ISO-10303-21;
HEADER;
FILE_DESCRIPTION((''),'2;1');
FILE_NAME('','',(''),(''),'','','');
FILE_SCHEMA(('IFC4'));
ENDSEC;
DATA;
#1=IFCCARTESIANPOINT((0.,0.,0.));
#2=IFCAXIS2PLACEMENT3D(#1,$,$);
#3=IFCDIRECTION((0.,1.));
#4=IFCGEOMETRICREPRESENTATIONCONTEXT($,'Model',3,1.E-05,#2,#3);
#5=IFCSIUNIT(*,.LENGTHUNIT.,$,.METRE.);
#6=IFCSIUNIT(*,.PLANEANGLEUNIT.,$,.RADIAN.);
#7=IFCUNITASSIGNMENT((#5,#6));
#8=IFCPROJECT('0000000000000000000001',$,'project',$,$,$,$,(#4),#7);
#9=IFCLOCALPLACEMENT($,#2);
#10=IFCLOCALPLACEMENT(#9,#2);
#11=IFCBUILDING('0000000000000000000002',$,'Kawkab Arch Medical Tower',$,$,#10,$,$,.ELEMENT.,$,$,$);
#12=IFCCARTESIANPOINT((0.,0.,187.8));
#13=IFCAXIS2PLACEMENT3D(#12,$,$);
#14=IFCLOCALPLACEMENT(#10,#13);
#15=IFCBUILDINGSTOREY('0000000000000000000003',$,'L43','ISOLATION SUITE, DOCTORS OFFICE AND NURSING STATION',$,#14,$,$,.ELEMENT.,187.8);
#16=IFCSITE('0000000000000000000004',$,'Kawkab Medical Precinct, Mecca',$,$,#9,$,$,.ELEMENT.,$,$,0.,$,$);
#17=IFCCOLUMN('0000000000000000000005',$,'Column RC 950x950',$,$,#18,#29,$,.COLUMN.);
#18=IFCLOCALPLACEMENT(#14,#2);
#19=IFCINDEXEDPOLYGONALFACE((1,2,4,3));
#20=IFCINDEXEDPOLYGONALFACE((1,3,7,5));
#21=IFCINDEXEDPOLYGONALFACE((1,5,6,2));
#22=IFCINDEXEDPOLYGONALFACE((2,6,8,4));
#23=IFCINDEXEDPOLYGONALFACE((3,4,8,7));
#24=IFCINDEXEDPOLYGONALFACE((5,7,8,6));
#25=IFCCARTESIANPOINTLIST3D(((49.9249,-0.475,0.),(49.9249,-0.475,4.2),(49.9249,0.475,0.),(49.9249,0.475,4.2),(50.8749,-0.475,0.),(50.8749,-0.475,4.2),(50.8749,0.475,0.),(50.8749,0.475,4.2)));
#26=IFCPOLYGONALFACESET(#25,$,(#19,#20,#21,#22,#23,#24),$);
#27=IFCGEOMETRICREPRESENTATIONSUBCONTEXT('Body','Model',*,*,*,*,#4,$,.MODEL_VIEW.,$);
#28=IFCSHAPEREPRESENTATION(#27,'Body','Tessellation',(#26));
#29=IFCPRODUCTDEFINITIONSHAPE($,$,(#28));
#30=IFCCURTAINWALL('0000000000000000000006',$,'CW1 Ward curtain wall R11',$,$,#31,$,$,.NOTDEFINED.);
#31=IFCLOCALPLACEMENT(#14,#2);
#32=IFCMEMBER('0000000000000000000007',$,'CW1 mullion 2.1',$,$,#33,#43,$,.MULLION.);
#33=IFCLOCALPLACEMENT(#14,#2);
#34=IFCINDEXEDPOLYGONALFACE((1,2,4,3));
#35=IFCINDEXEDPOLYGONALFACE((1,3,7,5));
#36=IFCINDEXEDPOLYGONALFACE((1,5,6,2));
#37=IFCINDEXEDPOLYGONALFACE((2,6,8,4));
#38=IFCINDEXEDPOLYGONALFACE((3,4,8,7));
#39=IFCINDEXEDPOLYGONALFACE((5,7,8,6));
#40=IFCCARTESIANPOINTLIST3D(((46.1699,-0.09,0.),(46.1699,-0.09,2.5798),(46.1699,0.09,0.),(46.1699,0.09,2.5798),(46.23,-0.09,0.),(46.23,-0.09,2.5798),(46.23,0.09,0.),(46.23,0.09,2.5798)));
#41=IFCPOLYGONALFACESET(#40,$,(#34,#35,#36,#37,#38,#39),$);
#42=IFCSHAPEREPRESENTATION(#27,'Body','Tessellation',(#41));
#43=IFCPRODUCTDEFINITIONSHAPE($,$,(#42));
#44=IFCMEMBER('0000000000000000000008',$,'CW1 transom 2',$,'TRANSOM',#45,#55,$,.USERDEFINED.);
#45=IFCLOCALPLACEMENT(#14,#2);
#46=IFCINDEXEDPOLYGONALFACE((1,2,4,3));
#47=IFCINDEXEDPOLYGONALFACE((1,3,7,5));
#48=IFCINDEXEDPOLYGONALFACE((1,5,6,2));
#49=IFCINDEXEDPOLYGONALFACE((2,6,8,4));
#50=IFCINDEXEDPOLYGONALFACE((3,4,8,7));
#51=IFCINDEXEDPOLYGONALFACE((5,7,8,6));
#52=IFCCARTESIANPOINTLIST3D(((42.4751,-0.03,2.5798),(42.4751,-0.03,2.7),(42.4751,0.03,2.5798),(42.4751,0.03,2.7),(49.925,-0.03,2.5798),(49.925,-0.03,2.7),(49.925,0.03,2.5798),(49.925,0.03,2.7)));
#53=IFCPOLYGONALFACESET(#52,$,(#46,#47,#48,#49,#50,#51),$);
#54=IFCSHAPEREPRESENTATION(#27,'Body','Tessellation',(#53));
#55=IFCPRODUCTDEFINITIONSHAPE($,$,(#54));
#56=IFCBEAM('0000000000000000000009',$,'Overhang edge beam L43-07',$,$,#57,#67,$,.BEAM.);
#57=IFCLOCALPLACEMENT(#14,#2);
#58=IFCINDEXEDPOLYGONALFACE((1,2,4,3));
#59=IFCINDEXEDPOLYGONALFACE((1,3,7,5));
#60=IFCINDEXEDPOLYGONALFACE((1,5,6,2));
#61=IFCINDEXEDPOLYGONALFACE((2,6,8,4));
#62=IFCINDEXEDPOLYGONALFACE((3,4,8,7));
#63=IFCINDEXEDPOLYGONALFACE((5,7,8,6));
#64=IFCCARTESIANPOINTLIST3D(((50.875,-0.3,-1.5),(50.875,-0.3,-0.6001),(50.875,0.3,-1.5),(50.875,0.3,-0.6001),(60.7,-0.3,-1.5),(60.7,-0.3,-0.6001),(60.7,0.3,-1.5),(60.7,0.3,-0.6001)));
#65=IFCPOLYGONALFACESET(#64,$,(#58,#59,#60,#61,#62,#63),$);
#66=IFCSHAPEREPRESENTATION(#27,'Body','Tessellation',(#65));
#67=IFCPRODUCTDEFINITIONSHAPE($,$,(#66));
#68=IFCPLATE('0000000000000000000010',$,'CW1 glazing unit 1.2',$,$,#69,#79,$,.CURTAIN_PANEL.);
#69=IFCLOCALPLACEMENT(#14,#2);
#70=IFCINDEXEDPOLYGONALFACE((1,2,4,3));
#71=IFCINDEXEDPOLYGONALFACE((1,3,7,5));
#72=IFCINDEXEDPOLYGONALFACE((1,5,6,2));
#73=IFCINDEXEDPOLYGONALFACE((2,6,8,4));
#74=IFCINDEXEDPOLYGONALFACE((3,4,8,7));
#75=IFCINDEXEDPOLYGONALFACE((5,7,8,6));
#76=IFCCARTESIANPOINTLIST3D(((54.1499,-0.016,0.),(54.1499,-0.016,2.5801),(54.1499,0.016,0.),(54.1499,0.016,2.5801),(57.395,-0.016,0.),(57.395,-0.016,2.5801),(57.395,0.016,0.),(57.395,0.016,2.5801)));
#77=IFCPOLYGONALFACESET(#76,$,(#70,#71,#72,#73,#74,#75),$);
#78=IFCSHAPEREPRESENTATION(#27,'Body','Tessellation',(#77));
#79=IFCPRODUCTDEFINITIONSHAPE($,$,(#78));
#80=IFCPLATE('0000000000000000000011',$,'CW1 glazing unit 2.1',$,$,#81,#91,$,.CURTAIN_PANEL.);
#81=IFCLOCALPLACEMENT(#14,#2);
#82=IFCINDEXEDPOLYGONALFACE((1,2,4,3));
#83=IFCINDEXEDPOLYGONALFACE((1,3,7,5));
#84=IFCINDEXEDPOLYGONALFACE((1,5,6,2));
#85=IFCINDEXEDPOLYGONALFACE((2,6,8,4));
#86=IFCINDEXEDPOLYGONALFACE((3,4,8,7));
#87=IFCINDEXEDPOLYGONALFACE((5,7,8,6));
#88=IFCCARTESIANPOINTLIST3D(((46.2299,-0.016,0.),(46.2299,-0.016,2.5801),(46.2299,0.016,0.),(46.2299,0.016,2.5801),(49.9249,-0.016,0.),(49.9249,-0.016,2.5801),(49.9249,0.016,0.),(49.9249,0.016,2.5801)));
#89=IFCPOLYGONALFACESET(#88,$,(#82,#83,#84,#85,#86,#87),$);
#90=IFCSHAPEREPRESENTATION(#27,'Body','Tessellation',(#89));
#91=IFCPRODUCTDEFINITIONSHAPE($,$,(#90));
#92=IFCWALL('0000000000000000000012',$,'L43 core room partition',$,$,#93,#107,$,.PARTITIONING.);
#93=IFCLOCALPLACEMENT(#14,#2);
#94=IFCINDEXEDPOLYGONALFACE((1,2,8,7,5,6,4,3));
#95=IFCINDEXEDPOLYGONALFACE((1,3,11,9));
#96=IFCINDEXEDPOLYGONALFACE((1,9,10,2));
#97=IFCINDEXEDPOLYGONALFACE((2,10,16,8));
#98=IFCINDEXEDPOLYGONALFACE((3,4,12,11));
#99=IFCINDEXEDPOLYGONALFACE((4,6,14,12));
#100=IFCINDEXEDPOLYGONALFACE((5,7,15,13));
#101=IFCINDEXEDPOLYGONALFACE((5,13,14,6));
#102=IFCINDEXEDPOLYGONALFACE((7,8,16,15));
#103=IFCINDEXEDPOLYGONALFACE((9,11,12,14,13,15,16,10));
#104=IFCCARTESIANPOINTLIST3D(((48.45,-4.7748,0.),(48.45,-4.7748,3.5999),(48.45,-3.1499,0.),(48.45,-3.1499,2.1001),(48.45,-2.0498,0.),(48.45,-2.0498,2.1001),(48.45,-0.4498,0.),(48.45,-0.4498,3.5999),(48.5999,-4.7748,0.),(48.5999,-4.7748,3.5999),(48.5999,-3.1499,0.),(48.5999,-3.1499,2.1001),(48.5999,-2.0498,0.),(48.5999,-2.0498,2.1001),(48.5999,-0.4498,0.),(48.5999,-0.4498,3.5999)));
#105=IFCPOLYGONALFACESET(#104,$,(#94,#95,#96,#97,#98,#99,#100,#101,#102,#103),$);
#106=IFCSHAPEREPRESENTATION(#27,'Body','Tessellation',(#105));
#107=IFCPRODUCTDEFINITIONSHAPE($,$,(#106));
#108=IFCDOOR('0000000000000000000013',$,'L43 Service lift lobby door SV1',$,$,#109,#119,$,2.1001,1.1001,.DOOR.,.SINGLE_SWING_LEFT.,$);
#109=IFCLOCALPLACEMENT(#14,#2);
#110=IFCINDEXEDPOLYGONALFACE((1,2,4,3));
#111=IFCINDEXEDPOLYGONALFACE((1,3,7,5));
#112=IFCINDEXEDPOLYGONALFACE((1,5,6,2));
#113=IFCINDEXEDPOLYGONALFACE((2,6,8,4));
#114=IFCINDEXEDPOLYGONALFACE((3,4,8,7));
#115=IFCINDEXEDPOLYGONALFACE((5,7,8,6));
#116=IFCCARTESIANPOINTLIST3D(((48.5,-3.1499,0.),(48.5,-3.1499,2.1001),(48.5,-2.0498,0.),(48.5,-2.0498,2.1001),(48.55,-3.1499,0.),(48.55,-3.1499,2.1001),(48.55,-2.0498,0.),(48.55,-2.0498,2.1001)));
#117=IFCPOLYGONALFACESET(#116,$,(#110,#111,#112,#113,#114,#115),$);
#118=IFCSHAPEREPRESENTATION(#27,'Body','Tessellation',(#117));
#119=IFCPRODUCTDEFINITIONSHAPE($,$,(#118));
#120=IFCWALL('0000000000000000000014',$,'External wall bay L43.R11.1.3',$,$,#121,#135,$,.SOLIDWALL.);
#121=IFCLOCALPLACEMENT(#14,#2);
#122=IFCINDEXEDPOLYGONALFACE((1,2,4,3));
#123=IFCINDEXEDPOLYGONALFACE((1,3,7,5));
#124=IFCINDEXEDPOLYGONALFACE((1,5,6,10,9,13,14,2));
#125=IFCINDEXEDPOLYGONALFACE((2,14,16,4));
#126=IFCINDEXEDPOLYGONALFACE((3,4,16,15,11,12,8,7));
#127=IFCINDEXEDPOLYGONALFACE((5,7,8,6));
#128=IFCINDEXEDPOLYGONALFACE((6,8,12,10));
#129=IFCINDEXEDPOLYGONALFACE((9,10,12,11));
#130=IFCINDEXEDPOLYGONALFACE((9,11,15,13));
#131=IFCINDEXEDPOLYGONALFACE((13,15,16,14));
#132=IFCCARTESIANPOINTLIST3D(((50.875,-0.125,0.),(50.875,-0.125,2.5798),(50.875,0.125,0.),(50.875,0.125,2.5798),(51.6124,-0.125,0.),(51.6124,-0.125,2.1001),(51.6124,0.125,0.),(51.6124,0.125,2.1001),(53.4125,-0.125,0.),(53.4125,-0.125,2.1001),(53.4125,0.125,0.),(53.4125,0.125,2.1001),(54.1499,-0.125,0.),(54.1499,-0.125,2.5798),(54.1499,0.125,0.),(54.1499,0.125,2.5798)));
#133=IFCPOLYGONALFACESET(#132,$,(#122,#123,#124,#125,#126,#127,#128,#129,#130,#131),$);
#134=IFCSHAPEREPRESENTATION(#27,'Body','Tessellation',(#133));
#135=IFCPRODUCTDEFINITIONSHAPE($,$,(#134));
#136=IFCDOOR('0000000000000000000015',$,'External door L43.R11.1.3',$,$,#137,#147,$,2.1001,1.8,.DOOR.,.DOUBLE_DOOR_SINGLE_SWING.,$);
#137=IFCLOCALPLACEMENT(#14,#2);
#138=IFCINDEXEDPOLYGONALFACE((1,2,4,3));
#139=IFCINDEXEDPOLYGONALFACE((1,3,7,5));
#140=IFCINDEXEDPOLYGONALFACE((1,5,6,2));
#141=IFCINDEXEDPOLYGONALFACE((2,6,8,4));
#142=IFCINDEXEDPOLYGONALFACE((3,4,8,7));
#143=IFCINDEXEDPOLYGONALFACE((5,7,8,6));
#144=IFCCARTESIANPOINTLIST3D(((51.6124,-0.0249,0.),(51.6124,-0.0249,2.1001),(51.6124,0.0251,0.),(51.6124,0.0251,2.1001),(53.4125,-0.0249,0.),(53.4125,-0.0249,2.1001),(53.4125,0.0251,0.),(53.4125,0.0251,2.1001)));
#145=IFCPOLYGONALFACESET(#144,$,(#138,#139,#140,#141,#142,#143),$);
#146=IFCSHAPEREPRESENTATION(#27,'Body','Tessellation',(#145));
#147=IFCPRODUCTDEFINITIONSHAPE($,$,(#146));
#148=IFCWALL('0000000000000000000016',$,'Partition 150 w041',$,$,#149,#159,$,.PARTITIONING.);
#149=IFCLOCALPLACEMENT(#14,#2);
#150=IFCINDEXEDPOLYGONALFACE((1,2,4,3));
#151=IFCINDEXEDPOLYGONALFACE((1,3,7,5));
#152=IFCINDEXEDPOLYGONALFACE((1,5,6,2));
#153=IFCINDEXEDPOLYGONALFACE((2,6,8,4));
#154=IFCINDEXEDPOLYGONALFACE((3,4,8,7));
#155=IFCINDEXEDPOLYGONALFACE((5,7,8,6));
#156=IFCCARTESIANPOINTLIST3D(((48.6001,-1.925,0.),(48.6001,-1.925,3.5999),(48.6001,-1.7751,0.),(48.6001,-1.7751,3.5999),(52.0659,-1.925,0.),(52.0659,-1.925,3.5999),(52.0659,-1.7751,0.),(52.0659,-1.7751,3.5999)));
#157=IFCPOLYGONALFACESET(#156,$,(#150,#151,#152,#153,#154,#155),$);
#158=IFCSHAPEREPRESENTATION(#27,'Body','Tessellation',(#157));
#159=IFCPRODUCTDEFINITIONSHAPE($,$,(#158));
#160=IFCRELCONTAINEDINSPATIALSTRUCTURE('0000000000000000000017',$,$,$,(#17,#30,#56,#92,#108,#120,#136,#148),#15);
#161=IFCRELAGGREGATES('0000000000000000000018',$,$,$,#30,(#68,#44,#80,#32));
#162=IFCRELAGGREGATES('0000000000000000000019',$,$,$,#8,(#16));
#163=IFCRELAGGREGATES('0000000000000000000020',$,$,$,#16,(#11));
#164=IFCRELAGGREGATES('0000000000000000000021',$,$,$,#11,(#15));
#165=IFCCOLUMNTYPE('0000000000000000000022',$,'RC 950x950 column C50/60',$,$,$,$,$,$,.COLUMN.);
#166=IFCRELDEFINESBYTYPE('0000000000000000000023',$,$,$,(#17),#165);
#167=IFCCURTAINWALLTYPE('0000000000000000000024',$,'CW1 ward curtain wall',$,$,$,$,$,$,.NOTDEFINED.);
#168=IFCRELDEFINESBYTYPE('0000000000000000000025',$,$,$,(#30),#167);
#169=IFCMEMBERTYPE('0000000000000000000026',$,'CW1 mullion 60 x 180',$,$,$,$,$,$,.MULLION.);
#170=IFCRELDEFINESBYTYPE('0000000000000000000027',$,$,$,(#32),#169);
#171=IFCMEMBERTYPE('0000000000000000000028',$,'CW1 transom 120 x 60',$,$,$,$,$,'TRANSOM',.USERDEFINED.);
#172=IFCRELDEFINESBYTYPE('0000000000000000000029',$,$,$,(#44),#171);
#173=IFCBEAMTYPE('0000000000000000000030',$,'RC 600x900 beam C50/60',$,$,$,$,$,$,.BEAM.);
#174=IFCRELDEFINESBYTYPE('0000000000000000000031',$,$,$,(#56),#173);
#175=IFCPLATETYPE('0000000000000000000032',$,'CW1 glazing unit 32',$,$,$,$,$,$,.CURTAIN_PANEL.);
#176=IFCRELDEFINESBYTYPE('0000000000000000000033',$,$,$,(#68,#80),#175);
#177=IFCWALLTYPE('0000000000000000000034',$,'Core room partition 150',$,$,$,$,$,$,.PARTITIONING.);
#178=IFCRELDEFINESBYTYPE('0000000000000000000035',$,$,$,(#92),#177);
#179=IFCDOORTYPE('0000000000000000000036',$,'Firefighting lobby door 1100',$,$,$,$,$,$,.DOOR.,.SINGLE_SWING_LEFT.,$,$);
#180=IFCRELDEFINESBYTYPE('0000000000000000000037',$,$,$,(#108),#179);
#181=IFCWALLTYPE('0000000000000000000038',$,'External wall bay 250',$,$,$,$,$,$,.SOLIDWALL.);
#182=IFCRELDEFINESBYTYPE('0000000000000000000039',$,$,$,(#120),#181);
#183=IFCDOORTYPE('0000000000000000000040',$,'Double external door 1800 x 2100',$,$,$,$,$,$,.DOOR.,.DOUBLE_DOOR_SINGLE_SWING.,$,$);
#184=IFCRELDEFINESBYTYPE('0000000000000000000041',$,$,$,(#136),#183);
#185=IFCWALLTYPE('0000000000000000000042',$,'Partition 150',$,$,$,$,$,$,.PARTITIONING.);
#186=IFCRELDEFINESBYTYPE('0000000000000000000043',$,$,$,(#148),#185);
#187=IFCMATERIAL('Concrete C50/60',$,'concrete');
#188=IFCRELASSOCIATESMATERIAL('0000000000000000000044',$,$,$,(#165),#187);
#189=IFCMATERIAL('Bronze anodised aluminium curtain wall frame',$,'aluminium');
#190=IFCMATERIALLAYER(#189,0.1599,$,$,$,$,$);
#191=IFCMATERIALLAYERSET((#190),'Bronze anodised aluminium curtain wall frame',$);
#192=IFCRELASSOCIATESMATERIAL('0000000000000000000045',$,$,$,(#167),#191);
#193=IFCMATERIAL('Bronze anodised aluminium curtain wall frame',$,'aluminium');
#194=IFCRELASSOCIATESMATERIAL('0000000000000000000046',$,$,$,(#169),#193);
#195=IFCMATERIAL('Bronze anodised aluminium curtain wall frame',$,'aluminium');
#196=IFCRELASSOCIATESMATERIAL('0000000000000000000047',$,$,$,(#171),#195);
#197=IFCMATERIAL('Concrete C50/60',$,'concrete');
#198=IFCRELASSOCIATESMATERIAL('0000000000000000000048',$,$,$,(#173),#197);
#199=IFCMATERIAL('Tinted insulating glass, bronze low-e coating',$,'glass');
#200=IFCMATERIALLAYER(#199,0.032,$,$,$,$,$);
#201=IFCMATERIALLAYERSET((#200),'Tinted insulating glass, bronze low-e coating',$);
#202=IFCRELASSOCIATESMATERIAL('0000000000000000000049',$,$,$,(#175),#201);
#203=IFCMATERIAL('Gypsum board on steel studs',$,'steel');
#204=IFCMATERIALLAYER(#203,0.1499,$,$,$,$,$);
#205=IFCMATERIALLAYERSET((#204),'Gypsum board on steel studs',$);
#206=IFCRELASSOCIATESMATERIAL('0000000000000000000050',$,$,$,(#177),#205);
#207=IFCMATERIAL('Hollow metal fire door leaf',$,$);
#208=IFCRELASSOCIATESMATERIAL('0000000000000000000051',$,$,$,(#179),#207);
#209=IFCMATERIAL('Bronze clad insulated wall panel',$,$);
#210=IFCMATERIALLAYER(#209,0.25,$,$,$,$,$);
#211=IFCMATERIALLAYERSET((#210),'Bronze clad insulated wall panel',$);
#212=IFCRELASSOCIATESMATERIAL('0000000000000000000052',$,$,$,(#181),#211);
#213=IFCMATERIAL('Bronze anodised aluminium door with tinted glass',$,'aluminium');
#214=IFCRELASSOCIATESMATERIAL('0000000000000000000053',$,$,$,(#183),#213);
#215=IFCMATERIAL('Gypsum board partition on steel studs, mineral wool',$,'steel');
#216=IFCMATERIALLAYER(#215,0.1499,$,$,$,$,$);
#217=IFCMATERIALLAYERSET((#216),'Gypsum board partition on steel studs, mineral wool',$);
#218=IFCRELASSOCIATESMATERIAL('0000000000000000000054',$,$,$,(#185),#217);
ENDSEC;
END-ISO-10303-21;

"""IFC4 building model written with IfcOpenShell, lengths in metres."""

from ifc_helpers import new_model, si_unit, direction, frame, frame_2d, origin, origin_2d, place, context, subcontext, project, spatial, rectangle, extrude, material, layer, layer_set, material_profile, profile_set, type_object, element, fill, aggregate, save


model = new_model("IFC4")

# Units and contexts
model_context = context("Model", 3, precision=1e-05, world=origin(), true_north=direction((0.0, 1.0)))
body_context = subcontext(model_context, "Body", "Model", "MODEL_VIEW")
ifc_project = project(units=[si_unit("LENGTHUNIT", "METRE"), si_unit("PLANEANGLEUNIT", "RADIAN")], contexts=[model_context])

# Site, building, storey
site_placement = place(None, origin())
site = spatial("IfcSite", under=ifc_project, at=site_placement, Name="Kawkab Medical Precinct, Mecca", CompositionType="ELEMENT", RefElevation=0.0)
building_placement = place(site_placement, origin())
building = spatial("IfcBuilding", under=site, at=building_placement, Name="Kawkab Arch Medical Tower", CompositionType="ELEMENT")
storey_placement = place(building_placement, frame((0.0, 0.0, 187.8)))
storey = spatial("IfcBuildingStorey", under=building, at=storey_placement, Name="L43", Description="ISOLATION SUITE, DOCTORS OFFICE AND NURSING STATION", CompositionType="ELEMENT", Elevation=187.8)

# Column
ifc_material_1 = material(Name="Concrete C50/60", Category="concrete")
ifc_material_profile_1 = material_profile(ifc_material_1, rectangle(XDim=0.95, YDim=0.95, at=origin_2d()), Name="RC 950x950")
ifc_profile_set_1 = profile_set([ifc_material_profile_1], Name="Concrete C50/60")
column_type = type_object("IfcColumnType", Name="RC 950x950 column C50/60", PredefinedType="COLUMN", material=ifc_profile_set_1)
column_placement = place(storey_placement, frame((50.3999, 0.0, 0.0), z_axis=(0.0, 0.0, 1.0), x_axis=(1.0, 0.0, 0.0)))
element("IfcColumn", 1, at=column_placement, inside=storey, type_object=column_type, Name="Column RC 950x950", PredefinedType="COLUMN", context=body_context, shape_type="SweptSolid", body=[
    extrude(rectangle(XDim=0.95, YDim=0.95, at=origin_2d()), origin(), (0.0, 0.0, 1.0), 4.2),
])

# Curtain wall, members
ifc_material_2 = material(Name="Bronze anodised aluminium curtain wall frame", Category="aluminium")
ifc_layer_1 = layer(ifc_material_2, 0.1599)
ifc_layer_set_1 = layer_set([ifc_layer_1], Name="Bronze anodised aluminium curtain wall frame")
curtain_wall_type = type_object("IfcCurtainWallType", Name="CW1 ward curtain wall", PredefinedType="NOTDEFINED", material=ifc_layer_set_1)
curtain_wall_placement = place(storey_placement, origin())
curtain_wall = element("IfcCurtainWall", 2, at=curtain_wall_placement, inside=storey, type_object=curtain_wall_type, Name="CW1 Ward curtain wall R11", PredefinedType="NOTDEFINED")
ifc_material_3 = material(Name="Bronze anodised aluminium curtain wall frame", Category="aluminium")
ifc_material_profile_2 = material_profile(ifc_material_3, rectangle(XDim=0.1799, YDim=0.0601, at=origin_2d()), Name="AL 60x180")
ifc_profile_set_2 = profile_set([ifc_material_profile_2], Name="Bronze anodised aluminium curtain wall frame")
member_type_1 = type_object("IfcMemberType", Name="CW1 mullion 60 x 180", PredefinedType="MULLION", material=ifc_profile_set_2)
member_1_placement = place(storey_placement, frame((46.2, 0.0, 0.0), z_axis=(0.0, 0.0, 1.0), x_axis=(0.0, -1.0, 0.0)))
member_1 = element("IfcMember", 3, at=member_1_placement, type_object=member_type_1, Name="CW1 mullion 2.1", PredefinedType="MULLION", context=body_context, shape_type="SweptSolid", body=[
    extrude(rectangle(XDim=0.1799, YDim=0.0601, at=origin_2d()), origin(), (0.0, 0.0, 1.0), 2.5798),
])
ifc_material_4 = material(Name="Bronze anodised aluminium curtain wall frame", Category="aluminium")
ifc_material_profile_3 = material_profile(ifc_material_4, rectangle(XDim=0.0601, YDim=0.1201, at=origin_2d()), Name="AL 60x120")
ifc_profile_set_3 = profile_set([ifc_material_profile_3], Name="Bronze anodised aluminium curtain wall frame")
member_type_2 = type_object("IfcMemberType", Name="CW1 transom 120 x 60", ElementType="TRANSOM", PredefinedType="USERDEFINED", material=ifc_profile_set_3)
member_2_placement = place(storey_placement, frame((49.925, 0.0, 2.6399), z_axis=(-1.0, 0.0, 0.0), x_axis=(0.0, -1.0, 0.0)))
member_2 = element("IfcMember", 4, at=member_2_placement, type_object=member_type_2, Name="CW1 transom 2", ObjectType="TRANSOM", PredefinedType="USERDEFINED", context=body_context, shape_type="SweptSolid", body=[
    extrude(rectangle(XDim=0.0601, YDim=0.1201, at=origin_2d()), origin(), (0.0, 0.0, 1.0), 7.45),
])

# Beam
ifc_material_5 = material(Name="Concrete C50/60", Category="concrete")
ifc_material_profile_4 = material_profile(ifc_material_5, rectangle(XDim=0.6001, YDim=0.8999, at=origin_2d()), Name="RC 600x900")
ifc_profile_set_4 = profile_set([ifc_material_profile_4], Name="Concrete C50/60")
beam_type = type_object("IfcBeamType", Name="RC 600x900 beam C50/60", PredefinedType="BEAM", material=ifc_profile_set_4)
beam_placement = place(storey_placement, frame((50.875, 0.0, -1.05), z_axis=(1.0, 0.0, 0.0), x_axis=(0.0, 1.0, 0.0)))
element("IfcBeam", 5, at=beam_placement, inside=storey, type_object=beam_type, Name="Overhang edge beam L43-07", PredefinedType="BEAM", context=body_context, shape_type="SweptSolid", body=[
    extrude(rectangle(XDim=0.6001, YDim=0.8999, at=origin_2d()), origin(), (0.0, 0.0, 1.0), 9.825),
])

# Plates
ifc_material_6 = material(Name="Tinted insulating glass, bronze low-e coating", Category="glass")
ifc_layer_2 = layer(ifc_material_6, 0.032)
ifc_layer_set_2 = layer_set([ifc_layer_2], Name="Tinted insulating glass, bronze low-e coating")
plate_type = type_object("IfcPlateType", Name="CW1 glazing unit 32", PredefinedType="CURTAIN_PANEL", material=ifc_layer_set_2)
plate_1_placement = place(storey_placement, frame((55.7725, 0.0, 0.0), z_axis=(0.0, 0.0, 1.0), x_axis=(-1.0, 0.0, 0.0)))
plate_1 = element("IfcPlate", 6, at=plate_1_placement, type_object=plate_type, Name="CW1 glazing unit 1.2", PredefinedType="CURTAIN_PANEL", context=body_context, shape_type="SweptSolid", body=[
    extrude(rectangle(XDim=3.2451, YDim=0.032, at=origin_2d()), origin(), (0.0, 0.0, 1.0), 2.5801),
])
plate_2_placement = place(storey_placement, frame((48.0774, 0.0, 0.0), z_axis=(0.0, 0.0, 1.0), x_axis=(-1.0, 0.0, 0.0)))
plate_2 = element("IfcPlate", 7, at=plate_2_placement, type_object=plate_type, Name="CW1 glazing unit 2.1", PredefinedType="CURTAIN_PANEL", context=body_context, shape_type="SweptSolid", body=[
    extrude(rectangle(XDim=3.6951, YDim=0.032, at=origin_2d()), origin(), (0.0, 0.0, 1.0), 2.5801),
])
aggregate(curtain_wall, [plate_1, member_2, plate_2, member_1])

# Walls, openings, doors
ifc_material_7 = material(Name="Gypsum board on steel studs", Category="steel")
ifc_layer_3 = layer(ifc_material_7, 0.1499)
ifc_layer_set_3 = layer_set([ifc_layer_3], Name="Gypsum board on steel studs")
wall_type_1 = type_object("IfcWallType", Name="Core room partition 150", PredefinedType="PARTITIONING", material=ifc_layer_set_3)
wall_1_placement = place(storey_placement, frame((48.5249, -4.7749, 0.0), z_axis=(0.0, 0.0, 1.0), x_axis=(0.0, 1.0, 0.0)))
wall_1 = element("IfcWall", 8, at=wall_1_placement, inside=storey, type_object=wall_type_1, Name="L43 core room partition", PredefinedType="PARTITIONING", context=body_context, shape_type="SweptSolid", body=[
    extrude(rectangle(XDim=4.325, YDim=0.1499, at=frame_2d((2.1626, 0.0))), origin(), (0.0, 0.0, 1.0), 3.5999),
])
opening_1_placement = place(wall_1_placement, frame((1.625, 0.0, 0.0)))
opening_1 = element("IfcOpeningElement", 9, at=opening_1_placement, cuts=wall_1, PredefinedType="OPENING", context=body_context, shape_type="SweptSolid", body=[
    extrude(rectangle(XDim=1.1001, YDim=2.1001, at=frame_2d((0.55, 1.05))), frame((0.0, 0.085, 0.0), z_axis=(0.0, -1.0, 0.0), x_axis=(1.0, 0.0, 0.0)), (0.0, 0.0, 1.0), 0.1699),
])
ifc_material_8 = material(Name="Hollow metal fire door leaf")
door_type_1 = type_object("IfcDoorType", Name="Firefighting lobby door 1100", OperationType="SINGLE_SWING_LEFT", PredefinedType="DOOR", material=ifc_material_8)
door_1_placement = place(opening_1_placement, origin())
door_1 = element("IfcDoor", 10, at=door_1_placement, inside=storey, type_object=door_type_1, Name="L43 Service lift lobby door SV1", OperationType="SINGLE_SWING_LEFT", OverallHeight=2.1001, OverallWidth=1.1001, PredefinedType="DOOR", context=body_context, shape_type="SweptSolid", body=[
    extrude(rectangle(XDim=1.1001, YDim=2.1001, at=frame_2d((0.55, 1.05))), frame((0.0, 0.0249, 0.0), z_axis=(0.0, -1.0, 0.0), x_axis=(1.0, 0.0, 0.0)), (0.0, 0.0, 1.0), 0.05),
])
fill(opening_1, door_1)
ifc_material_9 = material(Name="Bronze clad insulated wall panel")
ifc_layer_4 = layer(ifc_material_9, 0.25)
ifc_layer_set_4 = layer_set([ifc_layer_4], Name="Bronze clad insulated wall panel")
wall_type_2 = type_object("IfcWallType", Name="External wall bay 250", PredefinedType="SOLIDWALL", material=ifc_layer_set_4)
wall_2_placement = place(storey_placement, frame((54.1499, 0.0, 0.0), z_axis=(0.0, 0.0, 1.0), x_axis=(-1.0, 0.0, 0.0)))
wall_2 = element("IfcWall", 11, at=wall_2_placement, inside=storey, type_object=wall_type_2, Name="External wall bay L43.R11.1.3", PredefinedType="SOLIDWALL", context=body_context, shape_type="SweptSolid", body=[
    extrude(rectangle(XDim=3.2749, YDim=0.25, at=frame_2d((1.6375, 0.0))), origin(), (0.0, 0.0, 1.0), 2.5798),
])
opening_2_placement = place(wall_2_placement, frame((0.7375, 0.0, 0.0)))
opening_2 = element("IfcOpeningElement", 12, at=opening_2_placement, cuts=wall_2, PredefinedType="OPENING", context=body_context, shape_type="SweptSolid", body=[
    extrude(rectangle(XDim=1.8, YDim=2.1001, at=frame_2d((0.8999, 1.05))), frame((0.0, 0.135, 0.0), z_axis=(0.0, -1.0, 0.0), x_axis=(1.0, 0.0, 0.0)), (0.0, 0.0, 1.0), 0.27),
])
ifc_material_10 = material(Name="Bronze anodised aluminium door with tinted glass", Category="aluminium")
door_type_2 = type_object("IfcDoorType", Name="Double external door 1800 x 2100", OperationType="DOUBLE_DOOR_SINGLE_SWING", PredefinedType="DOOR", material=ifc_material_10)
door_2_placement = place(opening_2_placement, origin())
door_2 = element("IfcDoor", 13, at=door_2_placement, inside=storey, type_object=door_type_2, Name="External door L43.R11.1.3", OperationType="DOUBLE_DOOR_SINGLE_SWING", OverallHeight=2.1001, OverallWidth=1.8, PredefinedType="DOOR", context=body_context, shape_type="SweptSolid", body=[
    extrude(rectangle(XDim=1.8, YDim=2.1001, at=frame_2d((0.8999, 1.05))), frame((0.0, 0.0249, 0.0), z_axis=(0.0, -1.0, 0.0), x_axis=(1.0, 0.0, 0.0)), (0.0, 0.0, 1.0), 0.05),
])
fill(opening_2, door_2)

# Wall
ifc_material_11 = material(Name="Gypsum board partition on steel studs, mineral wool", Category="steel")
ifc_layer_5 = layer(ifc_material_11, 0.1499)
ifc_layer_set_5 = layer_set([ifc_layer_5], Name="Gypsum board partition on steel studs, mineral wool")
wall_type_3 = type_object("IfcWallType", Name="Partition 150", PredefinedType="PARTITIONING", material=ifc_layer_set_5)
wall_3_placement = place(storey_placement, frame((48.6001, -1.8501, 0.0), z_axis=(0.0, 0.0, 1.0), x_axis=(1.0, 0.0, 0.0)))
element("IfcWall", 14, at=wall_3_placement, inside=storey, type_object=wall_type_3, Name="Partition 150 w041", PredefinedType="PARTITIONING", context=body_context, shape_type="SweptSolid", body=[
    extrude(rectangle(XDim=3.4658, YDim=0.1499, at=frame_2d((1.7329, 0.0))), origin(), (0.0, 0.0, 1.0), 3.5999),
])

save(model, "model.ifc")
